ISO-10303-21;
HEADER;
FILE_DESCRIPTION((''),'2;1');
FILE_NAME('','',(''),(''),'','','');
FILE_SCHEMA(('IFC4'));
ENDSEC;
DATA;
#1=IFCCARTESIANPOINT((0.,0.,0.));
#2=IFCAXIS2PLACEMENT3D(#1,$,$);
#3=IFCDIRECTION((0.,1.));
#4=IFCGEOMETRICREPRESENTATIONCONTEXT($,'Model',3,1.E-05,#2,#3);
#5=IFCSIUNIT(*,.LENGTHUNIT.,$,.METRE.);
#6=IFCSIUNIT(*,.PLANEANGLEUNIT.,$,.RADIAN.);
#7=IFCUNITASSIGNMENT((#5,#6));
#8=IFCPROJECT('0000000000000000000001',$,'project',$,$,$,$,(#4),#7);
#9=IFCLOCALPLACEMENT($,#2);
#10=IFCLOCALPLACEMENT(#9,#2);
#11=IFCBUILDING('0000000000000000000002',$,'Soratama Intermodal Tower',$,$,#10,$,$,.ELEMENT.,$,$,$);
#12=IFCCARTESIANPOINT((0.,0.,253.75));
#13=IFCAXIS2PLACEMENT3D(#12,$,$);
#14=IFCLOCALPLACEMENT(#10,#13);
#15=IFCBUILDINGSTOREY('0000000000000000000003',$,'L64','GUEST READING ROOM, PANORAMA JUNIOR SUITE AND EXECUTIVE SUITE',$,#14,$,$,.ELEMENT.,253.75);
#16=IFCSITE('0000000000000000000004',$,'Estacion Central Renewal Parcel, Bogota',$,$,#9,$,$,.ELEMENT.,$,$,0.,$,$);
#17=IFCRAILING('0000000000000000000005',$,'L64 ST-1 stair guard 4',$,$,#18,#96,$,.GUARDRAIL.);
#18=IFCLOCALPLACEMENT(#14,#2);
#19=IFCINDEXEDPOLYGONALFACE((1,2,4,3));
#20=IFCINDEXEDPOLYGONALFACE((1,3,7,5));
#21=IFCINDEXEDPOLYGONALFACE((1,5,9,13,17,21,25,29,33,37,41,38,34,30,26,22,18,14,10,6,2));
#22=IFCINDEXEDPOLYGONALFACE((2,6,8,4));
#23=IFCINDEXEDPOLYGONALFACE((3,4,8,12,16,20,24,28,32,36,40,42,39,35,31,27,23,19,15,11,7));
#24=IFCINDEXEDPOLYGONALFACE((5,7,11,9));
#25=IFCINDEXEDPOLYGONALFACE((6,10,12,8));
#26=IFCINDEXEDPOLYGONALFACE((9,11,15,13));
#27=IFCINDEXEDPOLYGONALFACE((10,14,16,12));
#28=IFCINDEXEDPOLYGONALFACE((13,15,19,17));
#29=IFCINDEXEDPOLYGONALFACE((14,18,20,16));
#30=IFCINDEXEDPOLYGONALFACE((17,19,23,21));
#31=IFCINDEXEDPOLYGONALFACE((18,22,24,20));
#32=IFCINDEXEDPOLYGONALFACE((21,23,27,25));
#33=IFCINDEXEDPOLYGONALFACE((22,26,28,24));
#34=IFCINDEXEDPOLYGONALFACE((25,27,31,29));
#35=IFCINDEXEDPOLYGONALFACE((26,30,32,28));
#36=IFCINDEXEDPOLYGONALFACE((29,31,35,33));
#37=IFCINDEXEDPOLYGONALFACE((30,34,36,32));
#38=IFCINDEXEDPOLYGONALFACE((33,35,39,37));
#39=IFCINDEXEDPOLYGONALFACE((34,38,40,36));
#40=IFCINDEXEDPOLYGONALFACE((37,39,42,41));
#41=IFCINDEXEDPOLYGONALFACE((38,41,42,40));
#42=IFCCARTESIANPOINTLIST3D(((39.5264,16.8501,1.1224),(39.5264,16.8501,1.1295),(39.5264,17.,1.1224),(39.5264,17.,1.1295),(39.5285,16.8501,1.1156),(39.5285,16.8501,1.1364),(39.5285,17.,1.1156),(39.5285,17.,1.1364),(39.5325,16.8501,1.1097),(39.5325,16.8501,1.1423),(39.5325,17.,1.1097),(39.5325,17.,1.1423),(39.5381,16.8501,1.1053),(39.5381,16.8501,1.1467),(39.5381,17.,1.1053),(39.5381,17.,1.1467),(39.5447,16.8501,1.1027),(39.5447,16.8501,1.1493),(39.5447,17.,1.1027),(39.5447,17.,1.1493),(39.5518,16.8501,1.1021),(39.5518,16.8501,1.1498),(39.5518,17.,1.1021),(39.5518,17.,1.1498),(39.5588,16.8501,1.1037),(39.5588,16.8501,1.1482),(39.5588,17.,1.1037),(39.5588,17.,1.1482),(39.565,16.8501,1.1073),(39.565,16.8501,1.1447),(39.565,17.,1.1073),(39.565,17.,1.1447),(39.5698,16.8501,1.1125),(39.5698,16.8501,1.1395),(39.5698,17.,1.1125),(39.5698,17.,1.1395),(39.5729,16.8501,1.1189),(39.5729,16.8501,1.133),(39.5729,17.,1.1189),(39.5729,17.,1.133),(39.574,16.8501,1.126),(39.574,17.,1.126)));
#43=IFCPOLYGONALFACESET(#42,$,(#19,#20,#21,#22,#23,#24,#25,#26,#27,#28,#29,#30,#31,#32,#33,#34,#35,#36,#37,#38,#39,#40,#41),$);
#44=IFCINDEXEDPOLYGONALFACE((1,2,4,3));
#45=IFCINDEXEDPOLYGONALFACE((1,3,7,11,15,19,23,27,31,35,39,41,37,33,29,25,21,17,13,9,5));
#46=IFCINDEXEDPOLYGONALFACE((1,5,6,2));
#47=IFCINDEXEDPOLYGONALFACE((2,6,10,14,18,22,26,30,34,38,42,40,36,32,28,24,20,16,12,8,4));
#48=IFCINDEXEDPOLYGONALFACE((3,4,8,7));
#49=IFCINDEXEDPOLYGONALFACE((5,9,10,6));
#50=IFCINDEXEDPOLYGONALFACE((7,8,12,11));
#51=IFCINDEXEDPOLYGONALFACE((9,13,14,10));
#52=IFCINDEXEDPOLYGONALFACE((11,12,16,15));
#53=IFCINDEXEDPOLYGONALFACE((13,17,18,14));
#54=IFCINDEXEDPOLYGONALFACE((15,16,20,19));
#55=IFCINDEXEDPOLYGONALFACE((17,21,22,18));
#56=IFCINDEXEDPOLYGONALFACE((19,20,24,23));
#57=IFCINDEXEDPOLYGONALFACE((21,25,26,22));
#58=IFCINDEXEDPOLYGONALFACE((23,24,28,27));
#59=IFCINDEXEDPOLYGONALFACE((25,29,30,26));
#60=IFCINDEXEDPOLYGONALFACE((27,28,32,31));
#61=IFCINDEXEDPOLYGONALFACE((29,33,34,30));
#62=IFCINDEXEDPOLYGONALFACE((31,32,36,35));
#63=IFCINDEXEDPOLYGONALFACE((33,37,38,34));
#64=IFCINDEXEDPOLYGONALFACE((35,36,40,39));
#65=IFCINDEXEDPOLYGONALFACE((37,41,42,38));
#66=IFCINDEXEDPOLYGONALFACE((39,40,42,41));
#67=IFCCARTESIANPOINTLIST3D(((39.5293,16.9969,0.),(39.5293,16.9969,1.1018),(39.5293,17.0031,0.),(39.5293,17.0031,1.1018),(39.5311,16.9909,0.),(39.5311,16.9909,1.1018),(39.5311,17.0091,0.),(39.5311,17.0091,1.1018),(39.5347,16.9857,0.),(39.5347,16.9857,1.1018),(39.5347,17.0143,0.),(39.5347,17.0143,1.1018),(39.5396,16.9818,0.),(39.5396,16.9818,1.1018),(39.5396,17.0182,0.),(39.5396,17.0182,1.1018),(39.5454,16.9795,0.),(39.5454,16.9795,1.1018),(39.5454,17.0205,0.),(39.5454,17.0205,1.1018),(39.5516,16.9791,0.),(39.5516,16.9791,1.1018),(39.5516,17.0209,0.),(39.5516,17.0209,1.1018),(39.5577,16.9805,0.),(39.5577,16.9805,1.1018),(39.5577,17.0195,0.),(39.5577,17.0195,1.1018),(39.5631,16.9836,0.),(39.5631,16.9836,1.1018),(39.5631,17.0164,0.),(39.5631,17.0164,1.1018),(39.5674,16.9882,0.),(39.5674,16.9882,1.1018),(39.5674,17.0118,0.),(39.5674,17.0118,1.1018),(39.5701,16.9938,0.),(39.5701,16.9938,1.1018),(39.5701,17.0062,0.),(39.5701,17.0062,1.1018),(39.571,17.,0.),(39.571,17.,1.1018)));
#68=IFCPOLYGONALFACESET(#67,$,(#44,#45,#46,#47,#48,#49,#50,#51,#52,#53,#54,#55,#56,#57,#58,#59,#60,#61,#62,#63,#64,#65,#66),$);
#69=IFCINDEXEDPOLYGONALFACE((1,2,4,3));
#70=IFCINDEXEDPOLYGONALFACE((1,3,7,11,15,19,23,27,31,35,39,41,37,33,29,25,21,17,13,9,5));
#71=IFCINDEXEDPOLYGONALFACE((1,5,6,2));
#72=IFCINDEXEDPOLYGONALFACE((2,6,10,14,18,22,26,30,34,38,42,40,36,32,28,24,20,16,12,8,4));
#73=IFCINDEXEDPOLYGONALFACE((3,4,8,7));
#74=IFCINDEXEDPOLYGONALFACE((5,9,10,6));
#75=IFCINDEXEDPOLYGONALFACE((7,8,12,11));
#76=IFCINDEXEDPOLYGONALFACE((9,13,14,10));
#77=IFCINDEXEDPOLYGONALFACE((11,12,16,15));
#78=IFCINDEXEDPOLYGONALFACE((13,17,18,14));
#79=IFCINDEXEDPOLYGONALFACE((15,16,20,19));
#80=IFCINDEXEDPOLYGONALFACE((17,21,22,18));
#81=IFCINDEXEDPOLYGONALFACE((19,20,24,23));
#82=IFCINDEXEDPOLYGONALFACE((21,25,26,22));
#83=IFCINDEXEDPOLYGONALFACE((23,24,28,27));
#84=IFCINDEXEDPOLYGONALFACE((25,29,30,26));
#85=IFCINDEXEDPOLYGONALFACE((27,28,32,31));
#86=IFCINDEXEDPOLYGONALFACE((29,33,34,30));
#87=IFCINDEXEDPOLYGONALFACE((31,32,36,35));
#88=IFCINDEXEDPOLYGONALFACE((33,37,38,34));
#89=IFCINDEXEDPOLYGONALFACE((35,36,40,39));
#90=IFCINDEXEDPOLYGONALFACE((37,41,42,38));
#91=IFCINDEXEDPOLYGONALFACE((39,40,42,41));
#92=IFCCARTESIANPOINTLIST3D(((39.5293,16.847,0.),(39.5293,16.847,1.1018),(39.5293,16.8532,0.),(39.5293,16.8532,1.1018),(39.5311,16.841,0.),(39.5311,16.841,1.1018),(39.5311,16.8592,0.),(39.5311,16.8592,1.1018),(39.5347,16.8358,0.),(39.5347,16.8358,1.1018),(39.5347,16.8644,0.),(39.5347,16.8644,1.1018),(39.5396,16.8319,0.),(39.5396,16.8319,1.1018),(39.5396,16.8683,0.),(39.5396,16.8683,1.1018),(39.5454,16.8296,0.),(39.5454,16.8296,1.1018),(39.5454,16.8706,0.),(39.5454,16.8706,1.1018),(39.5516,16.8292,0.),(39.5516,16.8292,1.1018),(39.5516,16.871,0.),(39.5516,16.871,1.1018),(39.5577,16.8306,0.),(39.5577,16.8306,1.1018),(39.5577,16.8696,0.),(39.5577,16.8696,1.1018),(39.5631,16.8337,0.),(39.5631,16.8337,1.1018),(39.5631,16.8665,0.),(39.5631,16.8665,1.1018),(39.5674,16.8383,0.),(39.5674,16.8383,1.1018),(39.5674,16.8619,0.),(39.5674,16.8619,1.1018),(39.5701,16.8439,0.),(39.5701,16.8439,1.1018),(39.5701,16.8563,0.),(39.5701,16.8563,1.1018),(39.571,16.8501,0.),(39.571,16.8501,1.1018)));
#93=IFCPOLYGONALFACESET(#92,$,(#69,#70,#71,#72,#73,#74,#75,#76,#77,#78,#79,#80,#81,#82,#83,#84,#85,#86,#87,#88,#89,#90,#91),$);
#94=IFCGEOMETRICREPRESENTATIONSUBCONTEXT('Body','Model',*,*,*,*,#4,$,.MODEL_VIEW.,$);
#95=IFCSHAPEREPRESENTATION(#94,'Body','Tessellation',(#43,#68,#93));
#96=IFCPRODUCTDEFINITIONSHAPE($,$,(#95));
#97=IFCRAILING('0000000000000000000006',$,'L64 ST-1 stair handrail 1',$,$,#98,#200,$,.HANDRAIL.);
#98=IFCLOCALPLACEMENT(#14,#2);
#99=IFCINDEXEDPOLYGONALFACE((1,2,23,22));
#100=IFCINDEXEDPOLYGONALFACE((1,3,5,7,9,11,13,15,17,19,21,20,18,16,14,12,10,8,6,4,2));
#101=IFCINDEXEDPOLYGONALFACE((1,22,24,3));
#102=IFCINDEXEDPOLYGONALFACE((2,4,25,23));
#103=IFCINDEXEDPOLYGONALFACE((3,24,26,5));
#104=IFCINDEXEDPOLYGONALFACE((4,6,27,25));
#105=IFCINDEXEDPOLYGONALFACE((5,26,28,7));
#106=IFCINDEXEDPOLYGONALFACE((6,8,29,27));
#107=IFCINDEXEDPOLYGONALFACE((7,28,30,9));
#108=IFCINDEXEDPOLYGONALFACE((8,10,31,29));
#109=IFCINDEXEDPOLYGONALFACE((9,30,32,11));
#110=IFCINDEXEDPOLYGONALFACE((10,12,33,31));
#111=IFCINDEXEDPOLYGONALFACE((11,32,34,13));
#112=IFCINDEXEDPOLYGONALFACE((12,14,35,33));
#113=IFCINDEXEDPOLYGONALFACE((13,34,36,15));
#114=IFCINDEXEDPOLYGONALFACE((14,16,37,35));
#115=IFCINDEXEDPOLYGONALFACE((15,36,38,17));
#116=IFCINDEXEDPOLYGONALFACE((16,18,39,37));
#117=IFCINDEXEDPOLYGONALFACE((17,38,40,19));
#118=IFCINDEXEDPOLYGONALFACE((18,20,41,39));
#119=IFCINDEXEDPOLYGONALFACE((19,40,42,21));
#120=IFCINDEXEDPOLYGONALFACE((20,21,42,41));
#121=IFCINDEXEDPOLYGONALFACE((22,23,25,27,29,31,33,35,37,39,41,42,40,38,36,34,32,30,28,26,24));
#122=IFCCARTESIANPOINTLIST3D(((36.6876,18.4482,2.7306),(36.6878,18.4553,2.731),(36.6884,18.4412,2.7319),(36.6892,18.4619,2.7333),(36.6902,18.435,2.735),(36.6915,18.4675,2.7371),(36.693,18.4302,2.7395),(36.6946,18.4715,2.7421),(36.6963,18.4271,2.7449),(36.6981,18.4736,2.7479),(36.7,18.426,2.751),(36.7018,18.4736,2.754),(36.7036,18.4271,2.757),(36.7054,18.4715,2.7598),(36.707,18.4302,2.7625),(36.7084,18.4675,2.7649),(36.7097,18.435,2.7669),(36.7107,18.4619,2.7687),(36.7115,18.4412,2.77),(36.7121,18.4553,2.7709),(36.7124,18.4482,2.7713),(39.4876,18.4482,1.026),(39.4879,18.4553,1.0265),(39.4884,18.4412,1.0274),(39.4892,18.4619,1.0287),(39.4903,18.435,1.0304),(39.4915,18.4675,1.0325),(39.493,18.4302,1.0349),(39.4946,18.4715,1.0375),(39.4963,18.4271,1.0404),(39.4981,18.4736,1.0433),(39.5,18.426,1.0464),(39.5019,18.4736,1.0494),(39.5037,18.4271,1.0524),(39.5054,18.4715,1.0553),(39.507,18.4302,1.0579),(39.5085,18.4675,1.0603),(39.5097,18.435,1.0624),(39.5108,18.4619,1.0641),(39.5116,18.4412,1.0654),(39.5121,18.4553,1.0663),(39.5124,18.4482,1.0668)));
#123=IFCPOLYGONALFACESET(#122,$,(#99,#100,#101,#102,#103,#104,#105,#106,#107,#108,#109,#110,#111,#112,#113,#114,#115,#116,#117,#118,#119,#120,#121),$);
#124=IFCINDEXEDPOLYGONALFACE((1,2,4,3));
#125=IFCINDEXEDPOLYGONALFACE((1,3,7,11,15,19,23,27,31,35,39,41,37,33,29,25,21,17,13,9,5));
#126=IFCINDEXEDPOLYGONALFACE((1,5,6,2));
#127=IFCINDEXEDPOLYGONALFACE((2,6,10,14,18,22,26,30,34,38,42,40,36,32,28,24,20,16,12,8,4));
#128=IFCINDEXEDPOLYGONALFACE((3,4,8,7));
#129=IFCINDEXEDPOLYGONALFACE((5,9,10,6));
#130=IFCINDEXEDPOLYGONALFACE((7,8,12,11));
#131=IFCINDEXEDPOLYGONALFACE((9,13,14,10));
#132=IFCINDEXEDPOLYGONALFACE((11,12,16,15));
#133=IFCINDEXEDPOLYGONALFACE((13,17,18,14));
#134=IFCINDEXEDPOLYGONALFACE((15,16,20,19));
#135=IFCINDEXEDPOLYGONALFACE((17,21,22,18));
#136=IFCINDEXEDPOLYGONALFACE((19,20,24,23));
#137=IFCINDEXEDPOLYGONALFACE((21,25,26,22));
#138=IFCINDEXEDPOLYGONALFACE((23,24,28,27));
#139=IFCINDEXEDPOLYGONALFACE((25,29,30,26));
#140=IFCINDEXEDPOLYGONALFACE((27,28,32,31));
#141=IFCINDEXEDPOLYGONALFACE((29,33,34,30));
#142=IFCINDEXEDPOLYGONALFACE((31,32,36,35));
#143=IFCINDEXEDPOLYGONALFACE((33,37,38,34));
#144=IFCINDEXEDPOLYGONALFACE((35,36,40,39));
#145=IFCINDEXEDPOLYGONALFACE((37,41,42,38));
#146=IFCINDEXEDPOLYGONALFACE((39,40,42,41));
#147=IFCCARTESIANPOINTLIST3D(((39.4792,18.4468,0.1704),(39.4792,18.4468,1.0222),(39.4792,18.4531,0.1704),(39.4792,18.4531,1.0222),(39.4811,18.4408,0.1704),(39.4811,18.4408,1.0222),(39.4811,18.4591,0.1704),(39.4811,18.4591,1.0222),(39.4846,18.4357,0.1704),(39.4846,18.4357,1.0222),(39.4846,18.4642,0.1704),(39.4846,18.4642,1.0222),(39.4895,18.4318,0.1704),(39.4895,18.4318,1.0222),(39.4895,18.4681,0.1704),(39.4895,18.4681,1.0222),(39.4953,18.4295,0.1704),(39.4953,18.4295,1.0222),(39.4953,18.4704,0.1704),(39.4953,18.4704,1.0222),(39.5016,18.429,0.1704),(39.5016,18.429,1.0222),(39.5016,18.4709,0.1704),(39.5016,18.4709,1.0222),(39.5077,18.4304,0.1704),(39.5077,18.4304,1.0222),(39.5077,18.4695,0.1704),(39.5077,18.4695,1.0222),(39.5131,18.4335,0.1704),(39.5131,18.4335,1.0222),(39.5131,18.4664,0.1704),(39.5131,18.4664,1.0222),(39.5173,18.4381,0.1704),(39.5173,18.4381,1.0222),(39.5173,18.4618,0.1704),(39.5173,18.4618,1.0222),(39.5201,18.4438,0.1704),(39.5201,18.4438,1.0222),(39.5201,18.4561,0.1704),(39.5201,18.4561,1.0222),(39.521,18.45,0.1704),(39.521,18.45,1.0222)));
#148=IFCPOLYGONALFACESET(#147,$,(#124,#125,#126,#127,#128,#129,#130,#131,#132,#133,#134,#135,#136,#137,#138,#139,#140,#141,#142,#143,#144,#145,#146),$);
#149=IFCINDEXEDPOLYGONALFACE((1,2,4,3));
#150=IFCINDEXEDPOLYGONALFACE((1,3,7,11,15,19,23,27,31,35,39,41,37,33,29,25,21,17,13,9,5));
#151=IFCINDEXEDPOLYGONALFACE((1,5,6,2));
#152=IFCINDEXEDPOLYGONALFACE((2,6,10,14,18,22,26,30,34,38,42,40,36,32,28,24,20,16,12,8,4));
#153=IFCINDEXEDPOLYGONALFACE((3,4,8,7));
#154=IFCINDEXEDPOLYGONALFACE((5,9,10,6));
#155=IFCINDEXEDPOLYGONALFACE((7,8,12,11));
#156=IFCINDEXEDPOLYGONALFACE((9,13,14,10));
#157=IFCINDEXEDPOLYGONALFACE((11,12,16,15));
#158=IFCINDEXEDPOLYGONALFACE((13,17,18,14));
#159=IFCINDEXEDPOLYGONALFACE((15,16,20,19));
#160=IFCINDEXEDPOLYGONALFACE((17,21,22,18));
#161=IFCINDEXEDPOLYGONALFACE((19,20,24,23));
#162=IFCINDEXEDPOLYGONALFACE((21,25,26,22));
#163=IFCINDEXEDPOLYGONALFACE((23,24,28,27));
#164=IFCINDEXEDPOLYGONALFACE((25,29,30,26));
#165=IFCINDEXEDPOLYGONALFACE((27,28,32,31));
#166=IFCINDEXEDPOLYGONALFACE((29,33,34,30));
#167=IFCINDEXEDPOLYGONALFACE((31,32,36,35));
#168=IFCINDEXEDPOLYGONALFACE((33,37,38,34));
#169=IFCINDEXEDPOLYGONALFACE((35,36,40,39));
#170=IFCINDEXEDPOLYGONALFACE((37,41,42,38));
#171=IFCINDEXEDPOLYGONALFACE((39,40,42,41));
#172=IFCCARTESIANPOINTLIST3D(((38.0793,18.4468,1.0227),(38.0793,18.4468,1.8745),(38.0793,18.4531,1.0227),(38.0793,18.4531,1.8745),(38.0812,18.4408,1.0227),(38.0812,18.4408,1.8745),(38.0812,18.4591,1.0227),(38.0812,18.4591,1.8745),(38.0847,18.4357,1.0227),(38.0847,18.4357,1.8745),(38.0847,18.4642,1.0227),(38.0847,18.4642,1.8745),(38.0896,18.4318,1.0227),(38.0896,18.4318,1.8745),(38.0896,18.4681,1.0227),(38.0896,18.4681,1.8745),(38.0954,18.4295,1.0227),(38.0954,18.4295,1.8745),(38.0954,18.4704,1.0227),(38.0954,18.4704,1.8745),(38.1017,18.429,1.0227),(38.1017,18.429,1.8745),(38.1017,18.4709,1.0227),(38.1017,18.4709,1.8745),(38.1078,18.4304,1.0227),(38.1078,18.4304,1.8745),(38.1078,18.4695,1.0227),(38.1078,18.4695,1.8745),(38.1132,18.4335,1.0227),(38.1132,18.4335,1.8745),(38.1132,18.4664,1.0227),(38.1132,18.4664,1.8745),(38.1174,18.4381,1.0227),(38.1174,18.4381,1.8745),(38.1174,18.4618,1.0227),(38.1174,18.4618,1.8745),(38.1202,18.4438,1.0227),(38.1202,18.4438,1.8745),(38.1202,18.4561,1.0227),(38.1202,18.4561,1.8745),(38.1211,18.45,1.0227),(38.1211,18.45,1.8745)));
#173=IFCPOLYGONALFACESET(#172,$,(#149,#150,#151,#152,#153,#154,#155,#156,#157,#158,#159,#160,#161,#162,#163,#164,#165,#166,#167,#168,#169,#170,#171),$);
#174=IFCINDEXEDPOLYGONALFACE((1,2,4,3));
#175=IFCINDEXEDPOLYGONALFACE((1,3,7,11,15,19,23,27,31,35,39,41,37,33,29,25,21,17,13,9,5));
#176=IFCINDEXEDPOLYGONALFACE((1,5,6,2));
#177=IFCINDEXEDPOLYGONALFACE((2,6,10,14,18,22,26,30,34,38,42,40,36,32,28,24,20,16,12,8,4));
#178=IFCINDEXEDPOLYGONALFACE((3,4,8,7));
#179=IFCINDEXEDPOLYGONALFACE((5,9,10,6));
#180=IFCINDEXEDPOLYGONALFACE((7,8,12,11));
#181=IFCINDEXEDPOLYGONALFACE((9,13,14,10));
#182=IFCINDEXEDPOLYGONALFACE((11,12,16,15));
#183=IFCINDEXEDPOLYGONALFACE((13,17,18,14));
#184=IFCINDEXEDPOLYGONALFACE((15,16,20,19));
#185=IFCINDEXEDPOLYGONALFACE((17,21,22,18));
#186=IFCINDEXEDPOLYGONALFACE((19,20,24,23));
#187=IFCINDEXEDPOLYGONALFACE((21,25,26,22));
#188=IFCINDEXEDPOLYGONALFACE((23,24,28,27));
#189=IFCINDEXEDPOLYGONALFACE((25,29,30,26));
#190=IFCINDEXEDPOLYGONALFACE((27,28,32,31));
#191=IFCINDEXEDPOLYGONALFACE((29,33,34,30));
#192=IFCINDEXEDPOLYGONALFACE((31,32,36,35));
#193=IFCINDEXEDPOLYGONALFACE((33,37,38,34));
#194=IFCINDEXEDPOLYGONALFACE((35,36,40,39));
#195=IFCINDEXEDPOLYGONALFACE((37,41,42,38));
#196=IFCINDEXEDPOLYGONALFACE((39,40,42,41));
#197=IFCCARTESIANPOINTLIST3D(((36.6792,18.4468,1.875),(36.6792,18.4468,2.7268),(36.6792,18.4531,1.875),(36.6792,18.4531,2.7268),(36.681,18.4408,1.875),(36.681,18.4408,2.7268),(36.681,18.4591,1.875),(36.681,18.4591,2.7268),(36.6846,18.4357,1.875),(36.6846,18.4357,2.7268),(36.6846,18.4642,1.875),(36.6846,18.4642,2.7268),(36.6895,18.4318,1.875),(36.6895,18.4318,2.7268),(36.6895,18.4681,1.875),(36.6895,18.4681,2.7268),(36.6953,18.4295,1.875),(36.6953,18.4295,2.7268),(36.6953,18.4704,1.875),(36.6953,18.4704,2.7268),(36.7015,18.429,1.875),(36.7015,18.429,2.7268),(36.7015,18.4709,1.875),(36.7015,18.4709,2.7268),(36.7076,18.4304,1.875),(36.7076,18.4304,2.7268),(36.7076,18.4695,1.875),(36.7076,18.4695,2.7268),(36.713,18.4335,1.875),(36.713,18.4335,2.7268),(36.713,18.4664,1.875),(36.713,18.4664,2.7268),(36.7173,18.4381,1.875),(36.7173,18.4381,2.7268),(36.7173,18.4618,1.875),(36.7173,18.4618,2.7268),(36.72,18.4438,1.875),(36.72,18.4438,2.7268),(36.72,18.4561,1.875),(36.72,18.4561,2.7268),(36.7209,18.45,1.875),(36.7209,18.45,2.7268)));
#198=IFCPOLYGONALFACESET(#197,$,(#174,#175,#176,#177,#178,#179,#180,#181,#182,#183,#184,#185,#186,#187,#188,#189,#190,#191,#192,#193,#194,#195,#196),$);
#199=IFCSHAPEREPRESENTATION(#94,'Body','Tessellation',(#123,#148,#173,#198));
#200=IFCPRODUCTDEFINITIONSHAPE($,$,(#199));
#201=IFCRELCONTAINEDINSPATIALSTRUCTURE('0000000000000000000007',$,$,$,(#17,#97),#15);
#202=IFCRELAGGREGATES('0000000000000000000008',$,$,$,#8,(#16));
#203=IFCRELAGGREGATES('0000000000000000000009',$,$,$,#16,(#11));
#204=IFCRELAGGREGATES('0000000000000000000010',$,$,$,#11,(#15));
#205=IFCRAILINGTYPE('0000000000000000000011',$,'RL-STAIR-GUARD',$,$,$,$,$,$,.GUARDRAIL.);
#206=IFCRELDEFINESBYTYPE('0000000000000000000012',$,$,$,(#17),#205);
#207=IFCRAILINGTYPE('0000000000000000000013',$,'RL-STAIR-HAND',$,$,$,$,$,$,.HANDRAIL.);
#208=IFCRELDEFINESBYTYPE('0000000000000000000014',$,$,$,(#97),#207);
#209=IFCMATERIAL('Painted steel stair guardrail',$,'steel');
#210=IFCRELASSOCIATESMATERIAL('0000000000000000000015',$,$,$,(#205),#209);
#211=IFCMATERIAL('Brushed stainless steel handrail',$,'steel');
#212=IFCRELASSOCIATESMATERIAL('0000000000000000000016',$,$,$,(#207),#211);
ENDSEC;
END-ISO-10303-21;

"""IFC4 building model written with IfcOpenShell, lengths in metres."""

from ifc_helpers import new_model, si_unit, direction, frame, origin, origin_2d, place, context, subcontext, project, spatial, circle, extrude, material, type_object, element, save


model = new_model("IFC4")

# Units and contexts
model_context = context("Model", 3, precision=1e-05, world=origin(), true_north=direction((0.0, 1.0)))
body_context = subcontext(model_context, "Body", "Model", "MODEL_VIEW")
ifc_project = project(units=[si_unit("LENGTHUNIT", "METRE"), si_unit("PLANEANGLEUNIT", "RADIAN")], contexts=[model_context])

# Site, building, storey
site_placement = place(None, origin())
site = spatial("IfcSite", under=ifc_project, at=site_placement, Name="Estacion Central Renewal Parcel, Bogota", CompositionType="ELEMENT", RefElevation=0.0)
building_placement = place(site_placement, origin())
building = spatial("IfcBuilding", under=site, at=building_placement, Name="Soratama Intermodal Tower", CompositionType="ELEMENT")
storey_placement = place(building_placement, frame((0.0, 0.0, 253.75)))
storey = spatial("IfcBuildingStorey", under=building, at=storey_placement, Name="L64", Description="GUEST READING ROOM, PANORAMA JUNIOR SUITE AND EXECUTIVE SUITE", CompositionType="ELEMENT", Elevation=253.75)

# Railings
ifc_material_1 = material(Name="Painted steel stair guardrail", Category="steel")
railing_type_1 = type_object("IfcRailingType", Name="RL-STAIR-GUARD", PredefinedType="GUARDRAIL", material=ifc_material_1)
railing_1_placement = place(storey_placement, frame((39.55, 17.0, 0.0)))
element("IfcRailing", 1, at=railing_1_placement, inside=storey, type_object=railing_type_1, Name="L64 ST-1 stair guard 4", PredefinedType="GUARDRAIL", context=body_context, shape_type="SweptSolid", body=[
    extrude(circle(Radius=0.0239, at=origin_2d()), frame((0.0, 0.0, 1.126), z_axis=(0.0, -1.0, 0.0), x_axis=(1.0, 0.0, 0.0)), (0.0, 0.0, 1.0), 0.1499),
    extrude(circle(Radius=0.021, at=origin_2d()), origin(), (0.0, 0.0, 1.0), 1.1018),
    extrude(circle(Radius=0.021, at=origin_2d()), frame((0.0, -0.1499, 0.0)), (0.0, 0.0, 1.0), 1.1018),
])
ifc_material_2 = material(Name="Brushed stainless steel handrail", Category="steel")
railing_type_2 = type_object("IfcRailingType", Name="RL-STAIR-HAND", PredefinedType="HANDRAIL", material=ifc_material_2)
railing_2_placement = place(storey_placement, frame((39.5, 18.45, 0.1704)))
element("IfcRailing", 2, at=railing_2_placement, inside=storey, type_object=railing_type_2, Name="L64 ST-1 stair handrail 1", PredefinedType="HANDRAIL", context=body_context, shape_type="SweptSolid", body=[
    extrude(circle(Radius=0.0239, at=origin_2d()), frame((0.0, 0.0, 0.876), z_axis=(-0.85417, 0.0, 0.519994), x_axis=(0.0, -1.0, 0.0)), (0.0, 0.0, 1.0), 3.2781),
    extrude(circle(Radius=0.021, at=origin_2d()), origin(), (0.0, 0.0, 1.0), 0.8518),
    extrude(circle(Radius=0.021, at=origin_2d()), frame((-1.3999, 0.0, 0.8523)), (0.0, 0.0, 1.0), 0.8518),
    extrude(circle(Radius=0.021, at=origin_2d()), frame((-2.8, 0.0, 1.7046)), (0.0, 0.0, 1.0), 0.8518),
])

save(model, "model.ifc")
